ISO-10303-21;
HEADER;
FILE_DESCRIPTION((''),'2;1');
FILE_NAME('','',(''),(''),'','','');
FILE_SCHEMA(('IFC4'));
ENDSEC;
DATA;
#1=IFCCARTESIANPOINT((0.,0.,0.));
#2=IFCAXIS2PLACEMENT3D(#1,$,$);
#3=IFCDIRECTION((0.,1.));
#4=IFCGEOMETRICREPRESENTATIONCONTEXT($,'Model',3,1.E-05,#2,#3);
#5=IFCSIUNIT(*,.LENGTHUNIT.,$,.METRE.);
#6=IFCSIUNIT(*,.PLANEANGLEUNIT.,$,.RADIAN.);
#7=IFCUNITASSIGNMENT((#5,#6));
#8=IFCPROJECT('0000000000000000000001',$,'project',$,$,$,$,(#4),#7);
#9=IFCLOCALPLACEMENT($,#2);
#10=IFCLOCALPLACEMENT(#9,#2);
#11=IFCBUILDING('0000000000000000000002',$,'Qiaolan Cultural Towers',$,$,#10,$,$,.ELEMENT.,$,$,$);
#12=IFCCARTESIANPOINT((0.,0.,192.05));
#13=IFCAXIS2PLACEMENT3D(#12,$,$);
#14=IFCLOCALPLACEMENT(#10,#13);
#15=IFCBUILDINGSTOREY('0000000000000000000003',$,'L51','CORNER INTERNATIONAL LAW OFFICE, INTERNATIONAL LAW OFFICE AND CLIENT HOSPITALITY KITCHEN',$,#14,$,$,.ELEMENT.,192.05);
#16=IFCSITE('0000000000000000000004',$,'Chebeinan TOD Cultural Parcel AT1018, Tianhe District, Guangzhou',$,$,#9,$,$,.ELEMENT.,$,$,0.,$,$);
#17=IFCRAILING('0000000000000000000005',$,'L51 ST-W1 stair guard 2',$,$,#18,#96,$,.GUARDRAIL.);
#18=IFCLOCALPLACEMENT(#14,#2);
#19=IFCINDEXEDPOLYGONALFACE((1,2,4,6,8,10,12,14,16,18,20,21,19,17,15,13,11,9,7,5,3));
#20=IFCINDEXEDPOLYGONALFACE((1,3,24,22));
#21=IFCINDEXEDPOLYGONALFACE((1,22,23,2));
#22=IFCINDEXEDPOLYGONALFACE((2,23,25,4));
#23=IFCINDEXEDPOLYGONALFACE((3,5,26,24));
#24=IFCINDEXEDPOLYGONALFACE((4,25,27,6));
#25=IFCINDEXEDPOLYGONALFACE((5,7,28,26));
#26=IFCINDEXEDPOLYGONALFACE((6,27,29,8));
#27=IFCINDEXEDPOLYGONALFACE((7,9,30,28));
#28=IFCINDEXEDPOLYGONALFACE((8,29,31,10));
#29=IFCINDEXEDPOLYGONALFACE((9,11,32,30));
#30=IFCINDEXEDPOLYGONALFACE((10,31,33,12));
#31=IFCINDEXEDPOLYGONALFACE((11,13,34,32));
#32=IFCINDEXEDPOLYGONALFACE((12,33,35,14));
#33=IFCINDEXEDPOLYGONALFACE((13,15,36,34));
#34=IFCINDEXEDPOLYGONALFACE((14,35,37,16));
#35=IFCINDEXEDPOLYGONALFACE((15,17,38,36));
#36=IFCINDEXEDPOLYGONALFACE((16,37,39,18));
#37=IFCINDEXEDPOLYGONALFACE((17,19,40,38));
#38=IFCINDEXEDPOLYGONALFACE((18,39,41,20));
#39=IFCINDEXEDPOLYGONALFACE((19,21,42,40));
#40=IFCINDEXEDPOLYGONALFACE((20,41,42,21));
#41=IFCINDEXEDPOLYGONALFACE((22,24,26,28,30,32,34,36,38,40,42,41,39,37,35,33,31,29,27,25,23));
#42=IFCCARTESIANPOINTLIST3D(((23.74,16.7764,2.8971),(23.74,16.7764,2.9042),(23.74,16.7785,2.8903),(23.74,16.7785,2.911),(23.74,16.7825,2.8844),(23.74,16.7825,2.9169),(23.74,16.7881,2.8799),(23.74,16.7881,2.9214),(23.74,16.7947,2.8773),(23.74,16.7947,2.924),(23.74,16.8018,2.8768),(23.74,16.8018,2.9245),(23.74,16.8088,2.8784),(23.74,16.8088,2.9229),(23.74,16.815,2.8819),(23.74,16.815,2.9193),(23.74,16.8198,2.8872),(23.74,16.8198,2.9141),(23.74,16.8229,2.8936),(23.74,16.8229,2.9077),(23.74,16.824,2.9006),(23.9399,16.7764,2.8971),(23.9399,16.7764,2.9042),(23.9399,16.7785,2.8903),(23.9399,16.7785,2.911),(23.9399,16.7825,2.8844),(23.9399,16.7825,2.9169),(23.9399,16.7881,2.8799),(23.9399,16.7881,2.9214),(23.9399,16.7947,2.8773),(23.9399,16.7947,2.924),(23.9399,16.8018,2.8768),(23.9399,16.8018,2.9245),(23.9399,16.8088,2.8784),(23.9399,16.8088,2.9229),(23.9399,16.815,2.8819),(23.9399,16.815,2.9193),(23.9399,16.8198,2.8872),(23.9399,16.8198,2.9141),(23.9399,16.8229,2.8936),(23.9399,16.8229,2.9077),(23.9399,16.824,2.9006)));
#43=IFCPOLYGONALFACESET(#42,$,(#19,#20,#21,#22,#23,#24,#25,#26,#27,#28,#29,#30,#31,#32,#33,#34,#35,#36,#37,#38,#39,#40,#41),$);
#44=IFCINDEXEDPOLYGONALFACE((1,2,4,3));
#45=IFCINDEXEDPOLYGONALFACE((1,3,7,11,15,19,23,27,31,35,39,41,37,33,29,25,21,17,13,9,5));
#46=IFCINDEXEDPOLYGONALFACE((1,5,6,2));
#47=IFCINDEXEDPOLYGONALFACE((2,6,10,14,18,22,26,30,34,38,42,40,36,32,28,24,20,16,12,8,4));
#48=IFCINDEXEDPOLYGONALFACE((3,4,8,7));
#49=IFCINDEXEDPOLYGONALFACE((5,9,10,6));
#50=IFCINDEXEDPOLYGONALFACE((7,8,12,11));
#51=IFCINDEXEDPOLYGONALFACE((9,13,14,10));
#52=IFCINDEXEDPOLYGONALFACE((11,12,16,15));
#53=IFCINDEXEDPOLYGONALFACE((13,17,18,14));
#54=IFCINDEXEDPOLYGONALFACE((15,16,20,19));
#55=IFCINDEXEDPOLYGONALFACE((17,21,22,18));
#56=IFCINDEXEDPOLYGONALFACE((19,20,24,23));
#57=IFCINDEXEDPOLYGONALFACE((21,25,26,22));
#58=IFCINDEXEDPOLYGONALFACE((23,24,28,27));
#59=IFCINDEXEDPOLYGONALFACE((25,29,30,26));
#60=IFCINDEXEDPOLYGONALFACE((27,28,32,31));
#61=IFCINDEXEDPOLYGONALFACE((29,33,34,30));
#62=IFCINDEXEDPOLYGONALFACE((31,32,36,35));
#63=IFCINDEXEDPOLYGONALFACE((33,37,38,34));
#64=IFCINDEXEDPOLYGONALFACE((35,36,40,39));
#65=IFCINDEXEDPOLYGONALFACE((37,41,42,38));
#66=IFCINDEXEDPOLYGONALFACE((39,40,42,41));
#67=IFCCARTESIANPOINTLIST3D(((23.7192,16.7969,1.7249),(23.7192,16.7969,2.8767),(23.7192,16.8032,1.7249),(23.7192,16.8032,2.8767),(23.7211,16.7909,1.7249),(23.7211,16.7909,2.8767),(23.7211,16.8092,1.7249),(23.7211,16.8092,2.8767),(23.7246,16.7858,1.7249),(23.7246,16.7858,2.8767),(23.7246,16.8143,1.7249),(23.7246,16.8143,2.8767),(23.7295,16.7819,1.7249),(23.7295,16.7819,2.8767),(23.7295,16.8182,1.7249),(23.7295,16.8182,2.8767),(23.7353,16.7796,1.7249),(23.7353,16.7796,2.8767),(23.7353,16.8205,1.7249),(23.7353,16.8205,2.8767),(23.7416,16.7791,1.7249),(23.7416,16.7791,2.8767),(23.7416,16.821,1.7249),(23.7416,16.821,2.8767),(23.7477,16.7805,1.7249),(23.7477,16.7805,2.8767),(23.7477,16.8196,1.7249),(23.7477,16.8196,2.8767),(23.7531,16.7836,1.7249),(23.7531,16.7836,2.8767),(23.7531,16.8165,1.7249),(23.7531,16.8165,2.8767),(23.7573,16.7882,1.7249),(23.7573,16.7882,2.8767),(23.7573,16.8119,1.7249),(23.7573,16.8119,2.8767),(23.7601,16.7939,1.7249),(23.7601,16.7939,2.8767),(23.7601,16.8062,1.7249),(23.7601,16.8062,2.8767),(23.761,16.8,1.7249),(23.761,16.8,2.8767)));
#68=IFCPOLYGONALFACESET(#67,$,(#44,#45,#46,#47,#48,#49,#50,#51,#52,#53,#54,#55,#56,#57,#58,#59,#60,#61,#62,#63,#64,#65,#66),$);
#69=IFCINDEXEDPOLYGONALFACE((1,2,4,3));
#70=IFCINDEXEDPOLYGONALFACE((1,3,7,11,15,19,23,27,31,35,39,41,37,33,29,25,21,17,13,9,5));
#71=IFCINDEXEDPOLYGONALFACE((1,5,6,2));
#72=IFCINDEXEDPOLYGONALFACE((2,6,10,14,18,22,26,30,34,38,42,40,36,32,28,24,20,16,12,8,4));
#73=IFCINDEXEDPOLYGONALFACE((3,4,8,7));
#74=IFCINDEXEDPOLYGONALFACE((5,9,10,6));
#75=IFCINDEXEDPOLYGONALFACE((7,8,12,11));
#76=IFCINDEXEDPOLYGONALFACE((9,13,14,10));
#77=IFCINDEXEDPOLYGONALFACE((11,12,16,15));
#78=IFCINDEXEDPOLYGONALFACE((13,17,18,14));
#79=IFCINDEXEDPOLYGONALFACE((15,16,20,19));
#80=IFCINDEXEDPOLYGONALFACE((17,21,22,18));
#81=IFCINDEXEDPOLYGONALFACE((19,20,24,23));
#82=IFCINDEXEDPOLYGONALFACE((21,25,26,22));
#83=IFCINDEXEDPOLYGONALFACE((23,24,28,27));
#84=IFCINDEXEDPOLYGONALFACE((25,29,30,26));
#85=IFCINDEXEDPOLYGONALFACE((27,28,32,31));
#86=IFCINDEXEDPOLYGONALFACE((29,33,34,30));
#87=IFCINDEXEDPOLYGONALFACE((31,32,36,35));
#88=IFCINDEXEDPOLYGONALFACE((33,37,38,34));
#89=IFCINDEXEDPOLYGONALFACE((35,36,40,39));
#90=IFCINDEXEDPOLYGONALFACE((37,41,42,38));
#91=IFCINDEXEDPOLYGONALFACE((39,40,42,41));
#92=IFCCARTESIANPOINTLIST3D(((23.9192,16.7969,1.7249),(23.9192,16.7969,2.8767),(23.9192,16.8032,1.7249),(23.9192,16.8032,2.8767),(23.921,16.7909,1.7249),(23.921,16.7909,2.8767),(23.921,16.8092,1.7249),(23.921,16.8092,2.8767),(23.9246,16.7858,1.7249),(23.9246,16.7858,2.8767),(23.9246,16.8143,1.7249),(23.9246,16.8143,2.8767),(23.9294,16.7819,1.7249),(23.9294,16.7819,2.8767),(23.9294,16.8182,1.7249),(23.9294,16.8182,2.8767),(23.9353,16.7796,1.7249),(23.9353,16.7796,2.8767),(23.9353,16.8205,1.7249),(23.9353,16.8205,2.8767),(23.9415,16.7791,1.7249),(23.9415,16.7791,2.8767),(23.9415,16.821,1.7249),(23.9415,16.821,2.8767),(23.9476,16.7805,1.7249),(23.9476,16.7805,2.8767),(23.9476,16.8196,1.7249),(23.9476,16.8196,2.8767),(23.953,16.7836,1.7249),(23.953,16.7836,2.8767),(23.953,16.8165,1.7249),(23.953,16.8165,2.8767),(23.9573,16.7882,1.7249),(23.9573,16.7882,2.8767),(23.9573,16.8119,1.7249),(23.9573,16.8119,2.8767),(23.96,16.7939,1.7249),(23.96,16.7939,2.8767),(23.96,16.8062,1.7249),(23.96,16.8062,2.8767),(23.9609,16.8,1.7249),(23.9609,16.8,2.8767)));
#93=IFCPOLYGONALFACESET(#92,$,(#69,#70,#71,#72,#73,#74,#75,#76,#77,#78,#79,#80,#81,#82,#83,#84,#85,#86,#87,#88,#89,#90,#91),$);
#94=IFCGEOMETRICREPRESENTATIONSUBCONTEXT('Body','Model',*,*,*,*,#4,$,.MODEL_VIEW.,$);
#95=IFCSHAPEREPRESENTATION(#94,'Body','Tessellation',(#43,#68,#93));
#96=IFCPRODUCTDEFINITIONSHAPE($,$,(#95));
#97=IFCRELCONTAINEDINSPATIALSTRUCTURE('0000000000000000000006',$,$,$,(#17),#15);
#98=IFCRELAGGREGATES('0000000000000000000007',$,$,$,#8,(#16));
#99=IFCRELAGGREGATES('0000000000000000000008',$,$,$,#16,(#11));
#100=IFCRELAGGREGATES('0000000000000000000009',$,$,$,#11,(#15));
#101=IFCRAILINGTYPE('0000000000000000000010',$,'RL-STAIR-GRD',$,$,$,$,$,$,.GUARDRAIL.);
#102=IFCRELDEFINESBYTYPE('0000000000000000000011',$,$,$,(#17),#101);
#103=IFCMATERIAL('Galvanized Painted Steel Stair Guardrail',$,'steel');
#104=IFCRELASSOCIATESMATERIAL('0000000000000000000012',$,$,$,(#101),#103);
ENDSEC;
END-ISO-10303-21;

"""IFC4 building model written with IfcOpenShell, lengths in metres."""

from ifc_helpers import new_model, si_unit, direction, frame, origin, origin_2d, place, context, subcontext, project, spatial, circle, extrude, material, type_object, element, save


model = new_model("IFC4")

# Units and contexts
model_context = context("Model", 3, precision=1e-05, world=origin(), true_north=direction((0.0, 1.0)))
body_context = subcontext(model_context, "Body", "Model", "MODEL_VIEW")
ifc_project = project(units=[si_unit("LENGTHUNIT", "METRE"), si_unit("PLANEANGLEUNIT", "RADIAN")], contexts=[model_context])

# Site, building, storey
site_placement = place(None, origin())
site = spatial("IfcSite", under=ifc_project, at=site_placement, Name="Chebeinan TOD Cultural Parcel AT1018, Tianhe District, Guangzhou", CompositionType="ELEMENT", RefElevation=0.0)
building_placement = place(site_placement, origin())
building = spatial("IfcBuilding", under=site, at=building_placement, Name="Qiaolan Cultural Towers", CompositionType="ELEMENT")
storey_placement = place(building_placement, frame((0.0, 0.0, 192.05)))
storey = spatial("IfcBuildingStorey", under=building, at=storey_placement, Name="L51", Description="CORNER INTERNATIONAL LAW OFFICE, INTERNATIONAL LAW OFFICE AND CLIENT HOSPITALITY KITCHEN", CompositionType="ELEMENT", Elevation=192.05)

# Railing
ifc_material_1 = material(Name="Galvanized Painted Steel Stair Guardrail", Category="steel")
railing_type_1 = type_object("IfcRailingType", Name="RL-STAIR-GRD", PredefinedType="GUARDRAIL", material=ifc_material_1)
railing_1_placement = place(storey_placement, frame((23.74, 16.8, 1.7249)))
element("IfcRailing", 1, at=railing_1_placement, inside=storey, type_object=railing_type_1, Name="L51 ST-W1 stair guard 2", PredefinedType="GUARDRAIL", context=body_context, shape_type="SweptSolid", body=[
    extrude(circle(Radius=0.0239, at=origin_2d()), frame((0.0, 0.0, 1.1758), z_axis=(1.0, 0.0, 0.0), x_axis=(0.0, 1.0, 0.0)), (0.0, 0.0, 1.0), 0.2),
    extrude(circle(Radius=0.021, at=origin_2d()), origin(), (0.0, 0.0, 1.0), 1.1519),
    extrude(circle(Radius=0.021, at=origin_2d()), frame((0.2, 0.0, 0.0)), (0.0, 0.0, 1.0), 1.1519),
])

save(model, "model.ifc")
